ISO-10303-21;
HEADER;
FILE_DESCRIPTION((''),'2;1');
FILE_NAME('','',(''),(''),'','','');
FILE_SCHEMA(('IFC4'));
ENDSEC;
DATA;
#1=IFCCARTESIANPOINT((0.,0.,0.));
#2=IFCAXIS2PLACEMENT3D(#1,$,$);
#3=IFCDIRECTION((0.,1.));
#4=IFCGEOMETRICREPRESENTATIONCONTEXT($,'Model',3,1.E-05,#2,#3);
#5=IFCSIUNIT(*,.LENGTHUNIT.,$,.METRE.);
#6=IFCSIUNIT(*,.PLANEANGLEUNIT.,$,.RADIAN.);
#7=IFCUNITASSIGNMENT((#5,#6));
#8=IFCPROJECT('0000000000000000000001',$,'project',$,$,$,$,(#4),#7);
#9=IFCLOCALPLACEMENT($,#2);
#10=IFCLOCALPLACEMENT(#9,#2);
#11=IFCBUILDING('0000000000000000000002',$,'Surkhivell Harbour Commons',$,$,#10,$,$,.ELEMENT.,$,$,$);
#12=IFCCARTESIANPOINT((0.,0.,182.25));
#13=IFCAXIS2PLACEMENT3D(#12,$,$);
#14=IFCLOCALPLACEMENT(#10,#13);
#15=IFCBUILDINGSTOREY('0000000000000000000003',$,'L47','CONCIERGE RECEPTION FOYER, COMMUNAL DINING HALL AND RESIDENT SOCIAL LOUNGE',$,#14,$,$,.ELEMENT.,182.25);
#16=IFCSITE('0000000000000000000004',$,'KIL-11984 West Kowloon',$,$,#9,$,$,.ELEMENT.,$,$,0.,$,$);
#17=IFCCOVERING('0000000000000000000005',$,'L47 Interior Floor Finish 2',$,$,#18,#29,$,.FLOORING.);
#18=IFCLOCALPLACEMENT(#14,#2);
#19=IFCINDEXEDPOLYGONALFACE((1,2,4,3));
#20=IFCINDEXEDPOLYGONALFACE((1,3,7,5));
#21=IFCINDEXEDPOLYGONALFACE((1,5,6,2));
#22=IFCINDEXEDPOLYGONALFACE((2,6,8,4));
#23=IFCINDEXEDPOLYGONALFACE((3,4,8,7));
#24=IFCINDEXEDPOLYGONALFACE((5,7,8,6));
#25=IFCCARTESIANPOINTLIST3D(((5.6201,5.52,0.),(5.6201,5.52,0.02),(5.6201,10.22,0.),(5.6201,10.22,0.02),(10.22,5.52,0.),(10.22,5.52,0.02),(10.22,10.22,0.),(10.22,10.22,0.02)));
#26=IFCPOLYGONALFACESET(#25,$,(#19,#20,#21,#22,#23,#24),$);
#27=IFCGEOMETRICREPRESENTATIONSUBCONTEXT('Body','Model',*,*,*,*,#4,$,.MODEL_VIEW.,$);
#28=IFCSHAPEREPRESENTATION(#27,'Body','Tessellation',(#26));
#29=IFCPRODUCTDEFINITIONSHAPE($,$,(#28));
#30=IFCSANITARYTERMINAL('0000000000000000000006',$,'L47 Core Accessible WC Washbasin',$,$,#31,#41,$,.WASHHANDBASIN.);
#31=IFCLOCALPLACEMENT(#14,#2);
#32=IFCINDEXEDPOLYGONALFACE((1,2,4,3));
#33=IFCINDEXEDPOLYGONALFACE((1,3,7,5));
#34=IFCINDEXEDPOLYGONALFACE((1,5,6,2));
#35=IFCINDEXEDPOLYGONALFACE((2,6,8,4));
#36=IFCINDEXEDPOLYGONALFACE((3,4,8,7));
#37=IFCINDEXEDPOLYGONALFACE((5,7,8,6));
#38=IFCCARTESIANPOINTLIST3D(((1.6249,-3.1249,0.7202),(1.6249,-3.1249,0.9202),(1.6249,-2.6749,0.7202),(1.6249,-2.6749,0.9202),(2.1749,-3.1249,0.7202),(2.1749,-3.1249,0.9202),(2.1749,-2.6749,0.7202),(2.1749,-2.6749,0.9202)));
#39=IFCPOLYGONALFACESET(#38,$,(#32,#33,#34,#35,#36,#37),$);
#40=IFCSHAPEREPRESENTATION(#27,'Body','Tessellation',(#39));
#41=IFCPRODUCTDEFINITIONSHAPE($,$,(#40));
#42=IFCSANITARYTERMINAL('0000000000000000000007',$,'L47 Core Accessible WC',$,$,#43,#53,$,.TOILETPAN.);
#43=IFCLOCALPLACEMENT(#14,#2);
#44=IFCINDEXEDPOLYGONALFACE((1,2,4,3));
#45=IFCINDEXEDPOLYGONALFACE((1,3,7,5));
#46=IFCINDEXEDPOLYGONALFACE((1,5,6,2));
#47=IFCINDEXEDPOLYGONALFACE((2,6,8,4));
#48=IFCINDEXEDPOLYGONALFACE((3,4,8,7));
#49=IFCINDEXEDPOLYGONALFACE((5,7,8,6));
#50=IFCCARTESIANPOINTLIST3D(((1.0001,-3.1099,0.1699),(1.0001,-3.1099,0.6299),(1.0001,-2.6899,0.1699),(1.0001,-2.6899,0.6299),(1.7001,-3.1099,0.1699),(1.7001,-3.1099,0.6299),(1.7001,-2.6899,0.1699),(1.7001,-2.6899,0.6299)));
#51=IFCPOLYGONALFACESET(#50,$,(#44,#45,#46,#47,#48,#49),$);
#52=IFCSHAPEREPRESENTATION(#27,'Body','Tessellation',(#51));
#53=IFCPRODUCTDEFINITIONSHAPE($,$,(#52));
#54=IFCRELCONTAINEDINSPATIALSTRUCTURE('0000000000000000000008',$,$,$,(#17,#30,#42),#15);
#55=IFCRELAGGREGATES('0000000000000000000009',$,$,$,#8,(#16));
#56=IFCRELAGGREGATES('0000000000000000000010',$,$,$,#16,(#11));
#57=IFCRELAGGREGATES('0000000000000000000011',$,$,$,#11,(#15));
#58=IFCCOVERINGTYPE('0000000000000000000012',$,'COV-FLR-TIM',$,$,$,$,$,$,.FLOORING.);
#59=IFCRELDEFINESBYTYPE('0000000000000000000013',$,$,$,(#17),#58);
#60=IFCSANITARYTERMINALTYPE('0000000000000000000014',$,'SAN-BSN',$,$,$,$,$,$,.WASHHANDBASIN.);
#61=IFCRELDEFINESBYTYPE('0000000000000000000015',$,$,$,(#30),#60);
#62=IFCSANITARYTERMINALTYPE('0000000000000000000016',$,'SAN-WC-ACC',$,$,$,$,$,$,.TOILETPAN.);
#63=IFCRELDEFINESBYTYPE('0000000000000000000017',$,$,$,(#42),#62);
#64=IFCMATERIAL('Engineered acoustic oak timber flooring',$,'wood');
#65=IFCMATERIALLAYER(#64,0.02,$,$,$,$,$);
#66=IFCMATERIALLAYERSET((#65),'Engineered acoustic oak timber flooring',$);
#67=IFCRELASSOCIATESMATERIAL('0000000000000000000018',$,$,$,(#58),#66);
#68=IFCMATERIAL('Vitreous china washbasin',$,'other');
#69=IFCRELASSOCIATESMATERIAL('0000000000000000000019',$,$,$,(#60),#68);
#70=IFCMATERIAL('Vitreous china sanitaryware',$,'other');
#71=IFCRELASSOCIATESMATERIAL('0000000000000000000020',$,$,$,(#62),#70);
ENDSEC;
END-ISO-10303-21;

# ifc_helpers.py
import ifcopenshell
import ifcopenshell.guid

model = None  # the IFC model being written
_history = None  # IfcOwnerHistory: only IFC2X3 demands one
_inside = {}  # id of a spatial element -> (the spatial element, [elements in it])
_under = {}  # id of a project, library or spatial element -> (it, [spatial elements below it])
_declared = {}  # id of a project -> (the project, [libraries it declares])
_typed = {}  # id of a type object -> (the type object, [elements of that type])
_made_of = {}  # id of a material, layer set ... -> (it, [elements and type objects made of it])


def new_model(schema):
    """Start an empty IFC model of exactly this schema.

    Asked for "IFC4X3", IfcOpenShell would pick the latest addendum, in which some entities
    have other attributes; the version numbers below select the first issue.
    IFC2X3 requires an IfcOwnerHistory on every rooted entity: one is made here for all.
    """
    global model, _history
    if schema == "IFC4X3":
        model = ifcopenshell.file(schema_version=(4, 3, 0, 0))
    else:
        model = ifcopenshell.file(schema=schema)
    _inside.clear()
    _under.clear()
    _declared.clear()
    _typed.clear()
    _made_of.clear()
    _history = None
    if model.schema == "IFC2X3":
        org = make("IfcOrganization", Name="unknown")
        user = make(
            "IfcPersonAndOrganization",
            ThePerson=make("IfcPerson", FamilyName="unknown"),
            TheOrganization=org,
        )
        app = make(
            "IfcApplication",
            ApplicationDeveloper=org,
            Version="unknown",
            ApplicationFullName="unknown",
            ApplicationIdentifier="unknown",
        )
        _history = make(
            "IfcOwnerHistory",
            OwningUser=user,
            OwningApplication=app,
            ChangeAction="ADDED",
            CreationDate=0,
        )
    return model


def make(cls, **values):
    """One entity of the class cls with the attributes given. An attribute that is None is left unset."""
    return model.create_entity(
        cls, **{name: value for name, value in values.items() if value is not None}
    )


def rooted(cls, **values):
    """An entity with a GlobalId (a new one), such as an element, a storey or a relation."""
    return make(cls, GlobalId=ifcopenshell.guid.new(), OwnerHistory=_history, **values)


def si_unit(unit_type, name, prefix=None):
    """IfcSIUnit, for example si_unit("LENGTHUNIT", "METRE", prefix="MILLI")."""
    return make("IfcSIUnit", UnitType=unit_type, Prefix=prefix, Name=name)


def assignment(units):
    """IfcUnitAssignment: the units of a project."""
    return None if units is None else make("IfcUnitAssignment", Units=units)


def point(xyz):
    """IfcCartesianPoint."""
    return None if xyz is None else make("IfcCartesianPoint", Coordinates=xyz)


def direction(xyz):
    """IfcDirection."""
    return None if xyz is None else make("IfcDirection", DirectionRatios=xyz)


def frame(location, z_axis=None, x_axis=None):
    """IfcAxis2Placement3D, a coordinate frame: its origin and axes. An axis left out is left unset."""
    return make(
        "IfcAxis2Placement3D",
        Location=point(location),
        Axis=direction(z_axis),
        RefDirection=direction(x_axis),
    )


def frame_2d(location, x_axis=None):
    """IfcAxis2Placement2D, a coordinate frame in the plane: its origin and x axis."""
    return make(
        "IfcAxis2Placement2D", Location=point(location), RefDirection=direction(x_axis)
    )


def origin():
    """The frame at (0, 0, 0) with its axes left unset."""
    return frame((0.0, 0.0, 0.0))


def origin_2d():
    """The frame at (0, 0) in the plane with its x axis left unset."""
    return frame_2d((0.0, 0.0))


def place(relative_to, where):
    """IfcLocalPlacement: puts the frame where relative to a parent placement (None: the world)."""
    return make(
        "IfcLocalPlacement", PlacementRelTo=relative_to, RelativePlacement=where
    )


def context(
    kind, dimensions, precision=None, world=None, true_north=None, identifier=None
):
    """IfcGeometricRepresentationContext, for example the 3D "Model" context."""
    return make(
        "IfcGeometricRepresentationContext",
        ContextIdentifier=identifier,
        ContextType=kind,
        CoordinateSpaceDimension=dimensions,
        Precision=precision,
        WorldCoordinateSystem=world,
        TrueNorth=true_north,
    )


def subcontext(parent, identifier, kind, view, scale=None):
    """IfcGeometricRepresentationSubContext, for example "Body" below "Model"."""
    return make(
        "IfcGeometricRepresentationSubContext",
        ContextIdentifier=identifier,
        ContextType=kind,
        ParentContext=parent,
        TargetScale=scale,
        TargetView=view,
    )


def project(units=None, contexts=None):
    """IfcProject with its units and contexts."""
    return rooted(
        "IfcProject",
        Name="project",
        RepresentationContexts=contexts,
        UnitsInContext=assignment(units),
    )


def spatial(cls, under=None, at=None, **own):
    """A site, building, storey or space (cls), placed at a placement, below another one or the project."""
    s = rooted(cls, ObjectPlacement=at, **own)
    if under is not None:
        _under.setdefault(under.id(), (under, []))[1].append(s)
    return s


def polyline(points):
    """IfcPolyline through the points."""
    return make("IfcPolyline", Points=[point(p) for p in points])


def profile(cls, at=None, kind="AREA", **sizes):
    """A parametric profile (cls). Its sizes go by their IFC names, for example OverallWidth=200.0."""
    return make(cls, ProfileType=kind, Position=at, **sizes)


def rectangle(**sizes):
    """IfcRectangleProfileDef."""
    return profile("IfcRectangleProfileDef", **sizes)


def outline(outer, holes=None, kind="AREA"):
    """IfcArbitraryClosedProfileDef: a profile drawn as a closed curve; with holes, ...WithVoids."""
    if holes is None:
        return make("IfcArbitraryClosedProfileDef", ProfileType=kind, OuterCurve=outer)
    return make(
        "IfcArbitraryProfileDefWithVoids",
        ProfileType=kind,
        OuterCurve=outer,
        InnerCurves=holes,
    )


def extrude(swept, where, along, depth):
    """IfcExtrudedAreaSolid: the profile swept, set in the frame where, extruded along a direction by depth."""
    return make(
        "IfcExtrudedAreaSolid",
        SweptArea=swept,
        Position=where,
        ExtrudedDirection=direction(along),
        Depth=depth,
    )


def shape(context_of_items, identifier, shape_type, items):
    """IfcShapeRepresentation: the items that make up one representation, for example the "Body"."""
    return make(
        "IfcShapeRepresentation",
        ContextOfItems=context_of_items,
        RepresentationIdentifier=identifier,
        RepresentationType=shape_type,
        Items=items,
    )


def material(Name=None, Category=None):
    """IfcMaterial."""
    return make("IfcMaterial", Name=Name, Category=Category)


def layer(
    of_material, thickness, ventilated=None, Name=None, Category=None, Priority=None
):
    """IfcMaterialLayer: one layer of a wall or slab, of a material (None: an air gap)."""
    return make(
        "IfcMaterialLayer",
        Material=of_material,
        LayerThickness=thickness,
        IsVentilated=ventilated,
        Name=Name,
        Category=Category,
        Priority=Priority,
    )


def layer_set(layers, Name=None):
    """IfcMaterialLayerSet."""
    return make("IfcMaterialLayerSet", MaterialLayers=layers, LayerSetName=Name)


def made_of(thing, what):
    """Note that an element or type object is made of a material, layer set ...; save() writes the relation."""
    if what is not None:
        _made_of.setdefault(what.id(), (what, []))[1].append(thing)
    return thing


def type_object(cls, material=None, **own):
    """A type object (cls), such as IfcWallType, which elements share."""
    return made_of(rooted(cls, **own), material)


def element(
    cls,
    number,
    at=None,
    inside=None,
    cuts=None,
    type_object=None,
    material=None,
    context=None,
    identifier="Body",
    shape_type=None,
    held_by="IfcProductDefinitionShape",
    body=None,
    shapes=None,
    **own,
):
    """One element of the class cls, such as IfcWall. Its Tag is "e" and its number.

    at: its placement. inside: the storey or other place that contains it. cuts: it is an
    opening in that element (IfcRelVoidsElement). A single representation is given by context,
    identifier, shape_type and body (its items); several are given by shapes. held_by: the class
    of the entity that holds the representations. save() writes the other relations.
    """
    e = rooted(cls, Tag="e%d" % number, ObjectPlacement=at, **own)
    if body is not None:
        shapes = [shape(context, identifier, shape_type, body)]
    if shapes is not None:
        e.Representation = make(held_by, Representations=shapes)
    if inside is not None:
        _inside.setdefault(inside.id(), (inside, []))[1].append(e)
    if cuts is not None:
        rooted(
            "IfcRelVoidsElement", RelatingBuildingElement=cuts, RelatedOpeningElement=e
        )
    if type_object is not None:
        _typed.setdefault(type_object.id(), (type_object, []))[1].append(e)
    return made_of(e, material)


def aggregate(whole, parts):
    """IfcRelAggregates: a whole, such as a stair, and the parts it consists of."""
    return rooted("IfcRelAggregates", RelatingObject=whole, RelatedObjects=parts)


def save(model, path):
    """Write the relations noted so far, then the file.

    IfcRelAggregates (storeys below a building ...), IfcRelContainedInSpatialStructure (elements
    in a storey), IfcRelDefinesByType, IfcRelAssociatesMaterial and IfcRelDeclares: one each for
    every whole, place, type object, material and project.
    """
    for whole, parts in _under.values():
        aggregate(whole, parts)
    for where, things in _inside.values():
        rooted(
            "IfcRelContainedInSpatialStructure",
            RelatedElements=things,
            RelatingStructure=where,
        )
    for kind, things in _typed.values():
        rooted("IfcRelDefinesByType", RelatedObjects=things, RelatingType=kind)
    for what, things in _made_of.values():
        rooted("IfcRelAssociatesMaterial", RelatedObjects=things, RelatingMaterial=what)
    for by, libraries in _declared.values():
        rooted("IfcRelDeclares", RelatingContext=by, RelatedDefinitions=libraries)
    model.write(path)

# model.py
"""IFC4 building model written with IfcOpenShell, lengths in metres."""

from ifc_helpers import new_model, si_unit, direction, frame, origin, origin_2d, place, context, subcontext, project, spatial, polyline, rectangle, outline, extrude, material, layer, layer_set, type_object, element, save


model = new_model("IFC4")

# Units and contexts
model_context = context("Model", 3, precision=1e-05, world=origin(), true_north=direction((0.0, 1.0)))
body_context = subcontext(model_context, "Body", "Model", "MODEL_VIEW")
ifc_project = project(units=[si_unit("LENGTHUNIT", "METRE"), si_unit("PLANEANGLEUNIT", "RADIAN")], contexts=[model_context])

# Site, building, storey
site_placement = place(None, origin())
site = spatial("IfcSite", under=ifc_project, at=site_placement, Name="KIL-11984 West Kowloon", CompositionType="ELEMENT", RefElevation=0.0)
building_placement = place(site_placement, origin())
building = spatial("IfcBuilding", under=site, at=building_placement, Name="Surkhivell Harbour Commons", CompositionType="ELEMENT")
storey_placement = place(building_placement, frame((0.0, 0.0, 182.25)))
storey = spatial("IfcBuildingStorey", under=building, at=storey_placement, Name="L47", Description="CONCIERGE RECEPTION FOYER, COMMUNAL DINING HALL AND RESIDENT SOCIAL LOUNGE", CompositionType="ELEMENT", Elevation=182.25)

# Covering
ifc_material_1 = material(Name="Engineered acoustic oak timber flooring", Category="wood")
ifc_layer_1 = layer(ifc_material_1, 0.02)
ifc_layer_set_1 = layer_set([ifc_layer_1], Name="Engineered acoustic oak timber flooring")
covering_type_1 = type_object("IfcCoveringType", Name="COV-FLR-TIM", PredefinedType="FLOORING", material=ifc_layer_set_1)
covering_1_placement = place(storey_placement, origin())
element("IfcCovering", 1, at=covering_1_placement, inside=storey, type_object=covering_type_1, Name="L47 Interior Floor Finish 2", PredefinedType="FLOORING", context=body_context, shape_type="SweptSolid", body=[
    extrude(outline(polyline([(5.6201, 5.52), (10.22, 5.52), (10.22, 10.22), (5.6201, 10.22), (5.6201, 5.52)])), origin(), (0.0, 0.0, 1.0), 0.02),
])

# Sanitary terminals
ifc_material_2 = material(Name="Vitreous china washbasin", Category="other")
sanitary_terminal_type_1 = type_object("IfcSanitaryTerminalType", Name="SAN-BSN", PredefinedType="WASHHANDBASIN", material=ifc_material_2)
sanitary_terminal_1_placement = place(storey_placement, frame((1.8999, -2.8999, 0.7202), z_axis=(0.0, 0.0, 1.0), x_axis=(1.0, 0.0, 0.0)))
element("IfcSanitaryTerminal", 2, at=sanitary_terminal_1_placement, inside=storey, type_object=sanitary_terminal_type_1, Name="L47 Core Accessible WC Washbasin", PredefinedType="WASHHANDBASIN", context=body_context, shape_type="SweptSolid", body=[
    extrude(rectangle(XDim=0.55, YDim=0.45, at=origin_2d()), origin(), (0.0, 0.0, 1.0), 0.2),
])
ifc_material_3 = material(Name="Vitreous china sanitaryware", Category="other")
sanitary_terminal_type_2 = type_object("IfcSanitaryTerminalType", Name="SAN-WC-ACC", PredefinedType="TOILETPAN", material=ifc_material_3)
sanitary_terminal_2_placement = place(storey_placement, frame((1.3501, -2.8999, 0.1699), z_axis=(0.0, 0.0, 1.0), x_axis=(1.0, 0.0, 0.0)))
element("IfcSanitaryTerminal", 3, at=sanitary_terminal_2_placement, inside=storey, type_object=sanitary_terminal_type_2, Name="L47 Core Accessible WC", PredefinedType="TOILETPAN", context=body_context, shape_type="SweptSolid", body=[
    extrude(rectangle(XDim=0.7, YDim=0.4199, at=origin_2d()), origin(), (0.0, 0.0, 1.0), 0.46),
])

save(model, "model.ifc")
